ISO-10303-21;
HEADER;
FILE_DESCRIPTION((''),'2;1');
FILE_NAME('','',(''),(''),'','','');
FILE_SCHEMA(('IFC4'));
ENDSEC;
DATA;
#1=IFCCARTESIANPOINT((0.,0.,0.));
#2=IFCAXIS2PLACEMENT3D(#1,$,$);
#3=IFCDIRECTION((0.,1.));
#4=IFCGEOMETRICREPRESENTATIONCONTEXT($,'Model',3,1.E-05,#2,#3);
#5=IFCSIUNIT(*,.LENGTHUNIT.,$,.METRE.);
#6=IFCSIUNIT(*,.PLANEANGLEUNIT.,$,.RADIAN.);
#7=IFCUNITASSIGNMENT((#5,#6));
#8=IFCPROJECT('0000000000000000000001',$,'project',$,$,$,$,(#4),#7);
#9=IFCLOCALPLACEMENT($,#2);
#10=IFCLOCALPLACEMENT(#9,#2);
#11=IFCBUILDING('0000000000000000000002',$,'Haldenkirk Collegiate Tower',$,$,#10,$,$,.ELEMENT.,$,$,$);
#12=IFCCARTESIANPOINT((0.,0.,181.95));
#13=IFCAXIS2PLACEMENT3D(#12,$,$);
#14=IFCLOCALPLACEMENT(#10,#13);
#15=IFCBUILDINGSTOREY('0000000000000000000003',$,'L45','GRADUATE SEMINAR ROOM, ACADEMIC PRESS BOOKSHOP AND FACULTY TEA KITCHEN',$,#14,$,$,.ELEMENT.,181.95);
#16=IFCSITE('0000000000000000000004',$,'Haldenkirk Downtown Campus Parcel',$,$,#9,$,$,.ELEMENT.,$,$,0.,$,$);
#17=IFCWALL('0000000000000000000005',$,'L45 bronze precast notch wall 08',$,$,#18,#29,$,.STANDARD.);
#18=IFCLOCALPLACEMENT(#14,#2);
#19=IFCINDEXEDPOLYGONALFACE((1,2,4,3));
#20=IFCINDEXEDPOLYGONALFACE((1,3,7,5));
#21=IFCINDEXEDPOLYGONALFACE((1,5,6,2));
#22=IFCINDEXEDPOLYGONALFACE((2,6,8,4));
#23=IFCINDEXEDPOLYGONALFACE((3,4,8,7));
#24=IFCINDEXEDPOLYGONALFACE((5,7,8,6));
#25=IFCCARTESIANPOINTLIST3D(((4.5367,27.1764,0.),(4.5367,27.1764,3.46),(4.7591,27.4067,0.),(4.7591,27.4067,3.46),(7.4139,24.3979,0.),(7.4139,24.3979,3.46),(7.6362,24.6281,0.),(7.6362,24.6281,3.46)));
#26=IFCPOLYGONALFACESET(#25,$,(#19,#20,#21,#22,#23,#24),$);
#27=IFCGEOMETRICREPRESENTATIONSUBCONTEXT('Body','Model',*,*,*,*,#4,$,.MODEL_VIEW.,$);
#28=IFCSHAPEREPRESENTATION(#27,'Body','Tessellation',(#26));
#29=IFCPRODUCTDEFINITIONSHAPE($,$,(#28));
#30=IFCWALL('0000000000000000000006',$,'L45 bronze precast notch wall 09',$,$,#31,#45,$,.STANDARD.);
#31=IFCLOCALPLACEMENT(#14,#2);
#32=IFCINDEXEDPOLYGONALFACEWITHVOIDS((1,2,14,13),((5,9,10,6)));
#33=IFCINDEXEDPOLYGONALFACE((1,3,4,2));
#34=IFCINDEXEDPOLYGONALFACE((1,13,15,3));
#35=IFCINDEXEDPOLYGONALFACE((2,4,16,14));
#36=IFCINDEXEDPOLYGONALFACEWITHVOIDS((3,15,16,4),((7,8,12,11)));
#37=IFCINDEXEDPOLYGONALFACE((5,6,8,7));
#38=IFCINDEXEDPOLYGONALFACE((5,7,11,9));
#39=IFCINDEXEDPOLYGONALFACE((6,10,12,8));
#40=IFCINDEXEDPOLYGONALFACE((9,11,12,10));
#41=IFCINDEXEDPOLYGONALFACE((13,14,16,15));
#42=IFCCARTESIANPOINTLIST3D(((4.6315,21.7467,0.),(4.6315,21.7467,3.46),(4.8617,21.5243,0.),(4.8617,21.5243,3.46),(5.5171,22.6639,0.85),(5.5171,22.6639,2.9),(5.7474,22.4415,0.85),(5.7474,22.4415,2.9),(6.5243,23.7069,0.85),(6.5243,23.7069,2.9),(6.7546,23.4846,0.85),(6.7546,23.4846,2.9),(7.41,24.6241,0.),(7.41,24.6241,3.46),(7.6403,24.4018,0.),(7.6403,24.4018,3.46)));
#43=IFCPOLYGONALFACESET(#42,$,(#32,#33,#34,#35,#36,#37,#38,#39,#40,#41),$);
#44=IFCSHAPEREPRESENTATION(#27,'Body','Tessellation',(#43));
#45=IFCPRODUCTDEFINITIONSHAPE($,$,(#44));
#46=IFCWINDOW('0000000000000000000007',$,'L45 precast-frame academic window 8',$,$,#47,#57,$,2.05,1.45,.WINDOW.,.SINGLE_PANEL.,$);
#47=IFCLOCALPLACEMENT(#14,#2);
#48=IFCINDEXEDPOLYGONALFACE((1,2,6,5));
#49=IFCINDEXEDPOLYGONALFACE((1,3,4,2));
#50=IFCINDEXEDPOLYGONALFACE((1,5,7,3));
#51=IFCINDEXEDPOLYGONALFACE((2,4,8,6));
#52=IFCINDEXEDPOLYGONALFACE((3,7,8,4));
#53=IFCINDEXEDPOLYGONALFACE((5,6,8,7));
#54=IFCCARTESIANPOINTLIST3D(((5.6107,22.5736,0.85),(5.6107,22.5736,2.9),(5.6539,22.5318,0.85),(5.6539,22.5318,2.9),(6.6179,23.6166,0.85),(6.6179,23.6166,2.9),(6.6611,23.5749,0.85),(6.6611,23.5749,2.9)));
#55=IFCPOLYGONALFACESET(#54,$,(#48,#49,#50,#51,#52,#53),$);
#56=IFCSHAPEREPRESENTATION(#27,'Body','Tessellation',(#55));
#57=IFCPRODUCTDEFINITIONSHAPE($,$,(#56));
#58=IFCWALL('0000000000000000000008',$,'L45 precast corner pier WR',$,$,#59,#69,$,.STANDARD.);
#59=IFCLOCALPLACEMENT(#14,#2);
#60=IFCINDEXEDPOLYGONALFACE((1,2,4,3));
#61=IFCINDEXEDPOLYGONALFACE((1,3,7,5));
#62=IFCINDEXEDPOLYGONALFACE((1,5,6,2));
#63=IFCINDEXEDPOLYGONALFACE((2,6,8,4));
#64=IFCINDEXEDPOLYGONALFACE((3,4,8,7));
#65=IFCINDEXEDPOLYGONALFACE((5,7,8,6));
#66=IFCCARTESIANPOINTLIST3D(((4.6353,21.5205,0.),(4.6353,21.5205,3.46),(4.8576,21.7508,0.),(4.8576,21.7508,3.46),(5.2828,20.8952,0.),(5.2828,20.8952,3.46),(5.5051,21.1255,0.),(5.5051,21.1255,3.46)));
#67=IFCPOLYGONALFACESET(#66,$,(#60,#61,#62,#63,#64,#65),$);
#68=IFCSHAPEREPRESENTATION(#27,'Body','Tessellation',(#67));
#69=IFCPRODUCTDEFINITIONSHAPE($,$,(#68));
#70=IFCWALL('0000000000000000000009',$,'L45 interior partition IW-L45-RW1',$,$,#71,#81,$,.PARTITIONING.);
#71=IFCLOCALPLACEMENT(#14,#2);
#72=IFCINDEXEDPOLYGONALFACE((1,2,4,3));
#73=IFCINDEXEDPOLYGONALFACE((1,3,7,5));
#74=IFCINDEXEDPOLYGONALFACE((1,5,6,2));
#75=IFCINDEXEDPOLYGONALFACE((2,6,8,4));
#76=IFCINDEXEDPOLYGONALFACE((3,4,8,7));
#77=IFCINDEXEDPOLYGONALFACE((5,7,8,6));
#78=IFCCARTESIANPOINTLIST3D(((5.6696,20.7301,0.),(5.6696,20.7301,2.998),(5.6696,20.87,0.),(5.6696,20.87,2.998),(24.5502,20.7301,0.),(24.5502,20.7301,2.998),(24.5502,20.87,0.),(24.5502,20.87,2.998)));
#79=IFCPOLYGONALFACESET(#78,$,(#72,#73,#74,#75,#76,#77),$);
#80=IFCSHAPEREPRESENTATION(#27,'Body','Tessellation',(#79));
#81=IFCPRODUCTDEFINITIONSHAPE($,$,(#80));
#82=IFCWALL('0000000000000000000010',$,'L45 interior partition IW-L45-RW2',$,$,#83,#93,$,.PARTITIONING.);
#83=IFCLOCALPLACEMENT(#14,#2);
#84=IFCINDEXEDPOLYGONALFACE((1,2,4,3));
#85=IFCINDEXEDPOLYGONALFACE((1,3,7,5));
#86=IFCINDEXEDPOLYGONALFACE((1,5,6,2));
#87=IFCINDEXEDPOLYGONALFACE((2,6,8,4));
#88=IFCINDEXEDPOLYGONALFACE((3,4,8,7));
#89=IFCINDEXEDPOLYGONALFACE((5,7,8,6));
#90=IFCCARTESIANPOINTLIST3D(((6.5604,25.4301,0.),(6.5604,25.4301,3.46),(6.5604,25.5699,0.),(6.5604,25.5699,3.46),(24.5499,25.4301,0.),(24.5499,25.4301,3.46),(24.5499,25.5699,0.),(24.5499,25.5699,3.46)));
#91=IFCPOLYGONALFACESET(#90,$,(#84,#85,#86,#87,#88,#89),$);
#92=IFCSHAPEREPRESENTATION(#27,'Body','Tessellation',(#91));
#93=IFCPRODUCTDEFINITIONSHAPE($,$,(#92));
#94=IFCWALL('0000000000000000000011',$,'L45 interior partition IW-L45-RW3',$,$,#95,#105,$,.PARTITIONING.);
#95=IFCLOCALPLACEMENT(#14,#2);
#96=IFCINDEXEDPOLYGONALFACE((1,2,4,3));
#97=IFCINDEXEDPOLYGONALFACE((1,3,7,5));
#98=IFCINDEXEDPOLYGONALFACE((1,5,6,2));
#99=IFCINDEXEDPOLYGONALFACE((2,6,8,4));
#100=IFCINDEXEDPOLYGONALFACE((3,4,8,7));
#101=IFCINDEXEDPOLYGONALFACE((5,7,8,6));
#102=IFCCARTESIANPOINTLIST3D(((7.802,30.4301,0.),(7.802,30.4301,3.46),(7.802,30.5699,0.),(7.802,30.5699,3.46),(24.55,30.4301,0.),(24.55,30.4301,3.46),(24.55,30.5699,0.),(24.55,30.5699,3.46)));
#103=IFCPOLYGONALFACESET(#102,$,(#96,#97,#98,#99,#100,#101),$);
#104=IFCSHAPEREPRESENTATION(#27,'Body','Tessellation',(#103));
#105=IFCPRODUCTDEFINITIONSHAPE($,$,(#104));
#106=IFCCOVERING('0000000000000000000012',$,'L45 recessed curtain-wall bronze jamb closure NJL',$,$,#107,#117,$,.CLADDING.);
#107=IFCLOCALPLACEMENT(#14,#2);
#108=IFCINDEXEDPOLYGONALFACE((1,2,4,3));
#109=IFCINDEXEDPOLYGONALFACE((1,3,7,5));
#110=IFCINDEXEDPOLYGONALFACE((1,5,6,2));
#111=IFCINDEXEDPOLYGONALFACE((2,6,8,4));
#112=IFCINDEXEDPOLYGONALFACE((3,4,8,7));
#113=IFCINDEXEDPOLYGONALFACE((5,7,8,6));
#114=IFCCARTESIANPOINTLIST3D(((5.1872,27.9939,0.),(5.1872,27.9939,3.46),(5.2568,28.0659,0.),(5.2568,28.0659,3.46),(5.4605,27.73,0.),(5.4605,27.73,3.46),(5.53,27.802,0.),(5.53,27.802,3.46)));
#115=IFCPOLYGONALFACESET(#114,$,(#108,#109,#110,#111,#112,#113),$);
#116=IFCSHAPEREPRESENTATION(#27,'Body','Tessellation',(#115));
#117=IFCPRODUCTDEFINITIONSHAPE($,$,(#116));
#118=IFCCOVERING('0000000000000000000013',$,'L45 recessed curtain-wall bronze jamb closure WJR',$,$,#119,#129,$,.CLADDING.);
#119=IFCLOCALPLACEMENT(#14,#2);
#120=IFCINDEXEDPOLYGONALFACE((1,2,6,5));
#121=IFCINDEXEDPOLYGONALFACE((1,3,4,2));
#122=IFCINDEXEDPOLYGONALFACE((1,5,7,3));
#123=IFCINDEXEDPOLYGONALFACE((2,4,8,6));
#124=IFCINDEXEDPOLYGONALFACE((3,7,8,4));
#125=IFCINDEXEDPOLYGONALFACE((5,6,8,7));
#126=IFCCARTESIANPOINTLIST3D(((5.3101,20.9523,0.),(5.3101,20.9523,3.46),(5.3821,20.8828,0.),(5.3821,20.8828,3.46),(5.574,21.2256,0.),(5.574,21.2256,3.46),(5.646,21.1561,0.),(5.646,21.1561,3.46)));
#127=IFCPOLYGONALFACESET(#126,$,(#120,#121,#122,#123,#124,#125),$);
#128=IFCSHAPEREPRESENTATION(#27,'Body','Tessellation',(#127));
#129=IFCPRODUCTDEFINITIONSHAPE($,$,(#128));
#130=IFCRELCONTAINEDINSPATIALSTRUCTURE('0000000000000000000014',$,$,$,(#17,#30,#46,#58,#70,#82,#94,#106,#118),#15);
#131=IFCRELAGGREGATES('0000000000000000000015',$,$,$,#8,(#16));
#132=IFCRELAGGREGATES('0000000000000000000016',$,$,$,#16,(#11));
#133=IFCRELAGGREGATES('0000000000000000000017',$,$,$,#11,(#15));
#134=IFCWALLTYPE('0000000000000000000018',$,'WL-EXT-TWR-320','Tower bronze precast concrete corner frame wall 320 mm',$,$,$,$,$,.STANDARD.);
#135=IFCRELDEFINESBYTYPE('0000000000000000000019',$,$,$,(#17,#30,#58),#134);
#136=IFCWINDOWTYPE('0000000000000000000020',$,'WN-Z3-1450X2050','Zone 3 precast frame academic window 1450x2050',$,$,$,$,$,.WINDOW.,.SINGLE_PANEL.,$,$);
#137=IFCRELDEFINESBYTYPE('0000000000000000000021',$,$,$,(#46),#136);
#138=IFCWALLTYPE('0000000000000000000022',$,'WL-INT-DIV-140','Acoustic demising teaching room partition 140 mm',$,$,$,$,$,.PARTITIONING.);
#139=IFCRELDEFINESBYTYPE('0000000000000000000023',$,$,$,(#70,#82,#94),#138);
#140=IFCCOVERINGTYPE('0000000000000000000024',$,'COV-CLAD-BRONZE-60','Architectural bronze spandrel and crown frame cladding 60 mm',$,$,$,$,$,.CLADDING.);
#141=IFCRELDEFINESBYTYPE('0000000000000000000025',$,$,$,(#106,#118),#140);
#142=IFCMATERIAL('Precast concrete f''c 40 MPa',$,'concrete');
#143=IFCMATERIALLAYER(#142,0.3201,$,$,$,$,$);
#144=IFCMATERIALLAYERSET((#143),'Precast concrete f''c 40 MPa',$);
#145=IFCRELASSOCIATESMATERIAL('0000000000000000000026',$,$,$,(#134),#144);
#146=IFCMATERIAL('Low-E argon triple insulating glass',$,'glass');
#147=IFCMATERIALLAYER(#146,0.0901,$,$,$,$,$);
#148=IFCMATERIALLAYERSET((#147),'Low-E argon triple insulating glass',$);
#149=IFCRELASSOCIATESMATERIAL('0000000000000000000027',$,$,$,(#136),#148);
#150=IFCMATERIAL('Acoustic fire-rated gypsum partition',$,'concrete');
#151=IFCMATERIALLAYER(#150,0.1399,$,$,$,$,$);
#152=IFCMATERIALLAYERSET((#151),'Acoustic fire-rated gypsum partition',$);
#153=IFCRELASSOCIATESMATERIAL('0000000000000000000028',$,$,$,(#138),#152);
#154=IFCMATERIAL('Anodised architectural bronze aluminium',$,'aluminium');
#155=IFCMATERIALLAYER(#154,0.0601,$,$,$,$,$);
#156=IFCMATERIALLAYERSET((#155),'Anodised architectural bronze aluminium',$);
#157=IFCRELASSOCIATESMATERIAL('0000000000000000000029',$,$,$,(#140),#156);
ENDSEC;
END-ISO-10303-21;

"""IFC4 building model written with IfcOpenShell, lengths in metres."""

from ifc_helpers import new_model, si_unit, direction, frame, frame_2d, origin, origin_2d, place, context, subcontext, project, spatial, rectangle, extrude, source, transform, mapped, material, layer, layer_set, type_object, element, fill, save


model = new_model("IFC4")

# Units and contexts
model_context = context("Model", 3, precision=1e-05, world=origin(), true_north=direction((0.0, 1.0)))
body_context = subcontext(model_context, "Body", "Model", "MODEL_VIEW")
ifc_project = project(units=[si_unit("LENGTHUNIT", "METRE"), si_unit("PLANEANGLEUNIT", "RADIAN")], contexts=[model_context])

# Site, building, storey
site_placement = place(None, origin())
site = spatial("IfcSite", under=ifc_project, at=site_placement, Name="Haldenkirk Downtown Campus Parcel", CompositionType="ELEMENT", RefElevation=0.0)
building_placement = place(site_placement, origin())
building = spatial("IfcBuilding", under=site, at=building_placement, Name="Haldenkirk Collegiate Tower", CompositionType="ELEMENT")
storey_placement = place(building_placement, frame((0.0, 0.0, 181.95)))
storey = spatial("IfcBuildingStorey", under=building, at=storey_placement, Name="L45", Description="GRADUATE SEMINAR ROOM, ACADEMIC PRESS BOOKSHOP AND FACULTY TEA KITCHEN", CompositionType="ELEMENT", Elevation=181.95)

# Shared definitions
ifc_material_1 = material(Name="Anodised architectural bronze aluminium", Category="aluminium")

# Shared definitions
ifc_material_2 = material(Name="Low-E argon triple insulating glass", Category="glass")

# Wall
ifc_material_3 = material(Name="Precast concrete f'c 40 MPa", Category="concrete")
ifc_layer_1 = layer(ifc_material_3, 0.3201)
ifc_layer_set_1 = layer_set([ifc_layer_1], Name="Precast concrete f'c 40 MPa")
wall_type_1 = type_object("IfcWallType", Name="WL-EXT-TWR-320", Description="Tower bronze precast concrete corner frame wall 320 mm", PredefinedType="STANDARD", material=ifc_layer_set_1)
wall_1_placement = place(storey_placement, frame((7.5251, 24.5129, 0.0), z_axis=(0.0, 0.0, 1.0), x_axis=(-0.719329, 0.69467, 0.0)))
element("IfcWall", 1, at=wall_1_placement, inside=storey, type_object=wall_type_1, Name="L45 bronze precast notch wall 08", PredefinedType="STANDARD", context=body_context, shape_type="SweptSolid", body=[
    extrude(rectangle(XDim=3.9998, YDim=0.3201, at=frame_2d((2.0, 0.0))), origin(), (0.0, 0.0, 1.0), 3.46),
])

# Wall, opening, window
wall_2_placement = place(storey_placement, frame((4.7466, 21.6355, 0.0), z_axis=(0.0, 0.0, 1.0), x_axis=(0.694639, 0.719358, 0.0)))
wall_2 = element("IfcWall", 2, at=wall_2_placement, inside=storey, type_object=wall_type_1, Name="L45 bronze precast notch wall 09", PredefinedType="STANDARD", context=body_context, shape_type="SweptSolid", body=[
    extrude(rectangle(XDim=4.0, YDim=0.3201, at=frame_2d((2.0, 0.0))), origin(), (0.0, 0.0, 1.0), 3.46),
])
opening_placement = place(wall_2_placement, frame((1.2749, 0.0, 0.8501)))
opening = element("IfcOpeningElement", 3, at=opening_placement, cuts=wall_2, PredefinedType="OPENING", context=body_context, shape_type="SweptSolid", body=[
    extrude(rectangle(XDim=1.45, YDim=2.05, at=frame_2d((0.7251, 1.0249))), frame((0.0, 0.1699, 0.0), z_axis=(0.0, -1.0, 0.0), x_axis=(1.0, 0.0, 0.0)), (0.0, 0.0, 1.0), 0.3401),
])
ifc_layer_2 = layer(ifc_material_2, 0.0901)
ifc_layer_set_2 = layer_set([ifc_layer_2], Name="Low-E argon triple insulating glass")
window_type = type_object("IfcWindowType", Name="WN-Z3-1450X2050", Description="Zone 3 precast frame academic window 1450x2050", PartitioningType="SINGLE_PANEL", PredefinedType="WINDOW", material=ifc_layer_set_2)
window_placement = place(opening_placement, origin())
window = element("IfcWindow", 4, at=window_placement, inside=storey, type_object=window_type, Name="L45 precast-frame academic window 8", OverallHeight=2.05, OverallWidth=1.45, PartitioningType="SINGLE_PANEL", PredefinedType="WINDOW", context=body_context, shape_type="SweptSolid", body=[
    extrude(rectangle(XDim=1.45, YDim=2.05, at=frame_2d((0.7251, 1.0249))), frame((0.0, 0.03, 0.0), z_axis=(0.0, -1.0, 0.0), x_axis=(1.0, 0.0, 0.0)), (0.0, 0.0, 1.0), 0.0601),
])
fill(opening, window)

# Walls
wall_3_placement = place(storey_placement, frame((5.394, 21.0103, 0.0), z_axis=(0.0, 0.0, 1.0), x_axis=(-0.719341, 0.694657, 0.0)))
element("IfcWall", 5, at=wall_3_placement, inside=storey, type_object=wall_type_1, Name="L45 precast corner pier WR", PredefinedType="STANDARD", context=body_context, shape_type="SweptSolid", body=[
    extrude(rectangle(XDim=0.9001, YDim=0.3201, at=frame_2d((0.4502, 0.0))), origin(), (0.0, 0.0, 1.0), 3.46),
])
ifc_material_4 = material(Name="Acoustic fire-rated gypsum partition", Category="concrete")
ifc_layer_3 = layer(ifc_material_4, 0.1399)
ifc_layer_set_3 = layer_set([ifc_layer_3], Name="Acoustic fire-rated gypsum partition")
wall_type_2 = type_object("IfcWallType", Name="WL-INT-DIV-140", Description="Acoustic demising teaching room partition 140 mm", PredefinedType="PARTITIONING", material=ifc_layer_set_3)
wall_4_placement = place(storey_placement, frame((5.6694, 20.8, 0.0), z_axis=(0.0, 0.0, 1.0), x_axis=(1.0, 0.0, 0.0)))
element("IfcWall", 6, at=wall_4_placement, inside=storey, type_object=wall_type_2, Name="L45 interior partition IW-L45-RW1", PredefinedType="PARTITIONING", context=body_context, shape_type="SweptSolid", body=[
    extrude(rectangle(XDim=18.8806, YDim=0.1399, at=frame_2d((9.4404, 0.0))), origin(), (0.0, 0.0, 1.0), 2.998),
])
wall_5_placement = place(storey_placement, frame((6.5605, 25.5, 0.0), z_axis=(0.0, 0.0, 1.0), x_axis=(1.0, 0.0, 0.0)))
element("IfcWall", 7, at=wall_5_placement, inside=storey, type_object=wall_type_2, Name="L45 interior partition IW-L45-RW2", PredefinedType="PARTITIONING", context=body_context, shape_type="SweptSolid", body=[
    extrude(rectangle(XDim=17.9895, YDim=0.1399, at=frame_2d((8.9946, 0.0))), origin(), (0.0, 0.0, 1.0), 3.46),
])
wall_6_placement = place(storey_placement, frame((7.802, 30.5, 0.0), z_axis=(0.0, 0.0, 1.0), x_axis=(1.0, 0.0, 0.0)))
element("IfcWall", 8, at=wall_6_placement, inside=storey, type_object=wall_type_2, Name="L45 interior partition IW-L45-RW3", PredefinedType="PARTITIONING", context=body_context, shape_type="SweptSolid", body=[
    extrude(rectangle(XDim=16.748, YDim=0.1399, at=frame_2d((8.374, 0.0))), origin(), (0.0, 0.0, 1.0), 3.46),
])

# Coverings
ifc_layer_4 = layer(ifc_material_1, 0.0601)
ifc_layer_set_4 = layer_set([ifc_layer_4], Name="Anodised architectural bronze aluminium")
covering_type = type_object("IfcCoveringType", Name="COV-CLAD-BRONZE-60", Description="Architectural bronze spandrel and crown frame cladding 60 mm", PredefinedType="CLADDING", material=ifc_layer_set_4)
shared_shape_1 = source(origin(), body_context, "Body", "SweptSolid", [
    extrude(rectangle(XDim=0.1001, YDim=0.3799, at=origin_2d()), origin(), (0.0, 0.0, 1.0), 3.46),
])
for number, where, z_axis, x_axis, name in (
    (9, (5.3586, 27.8979, 0.0), (0.0, 0.0, 1.0), (0.694658, 0.71934, 0.0), "L45 recessed curtain-wall bronze jamb closure NJL"),
    (10, (5.478, 21.0542, 0.0), (0.0, 0.0, 1.0), (-0.71934, 0.694658, 0.0), "L45 recessed curtain-wall bronze jamb closure WJR"),
):
    element("IfcCovering", number, at=place(storey_placement, frame(where, z_axis=z_axis, x_axis=x_axis)), inside=storey, type_object=covering_type, Name=name, PredefinedType="CLADDING", context=body_context, shape_type="MappedRepresentation", body=[
        mapped(shared_shape_1, transform((0.0, 0.0, 0.0), x_axis=(1.0, 0.0, 0.0), y_axis=(0.0, 1.0, 0.0), z_axis=(0.0, 0.0, 1.0), scale=1.0)),
    ])

save(model, "model.ifc")
